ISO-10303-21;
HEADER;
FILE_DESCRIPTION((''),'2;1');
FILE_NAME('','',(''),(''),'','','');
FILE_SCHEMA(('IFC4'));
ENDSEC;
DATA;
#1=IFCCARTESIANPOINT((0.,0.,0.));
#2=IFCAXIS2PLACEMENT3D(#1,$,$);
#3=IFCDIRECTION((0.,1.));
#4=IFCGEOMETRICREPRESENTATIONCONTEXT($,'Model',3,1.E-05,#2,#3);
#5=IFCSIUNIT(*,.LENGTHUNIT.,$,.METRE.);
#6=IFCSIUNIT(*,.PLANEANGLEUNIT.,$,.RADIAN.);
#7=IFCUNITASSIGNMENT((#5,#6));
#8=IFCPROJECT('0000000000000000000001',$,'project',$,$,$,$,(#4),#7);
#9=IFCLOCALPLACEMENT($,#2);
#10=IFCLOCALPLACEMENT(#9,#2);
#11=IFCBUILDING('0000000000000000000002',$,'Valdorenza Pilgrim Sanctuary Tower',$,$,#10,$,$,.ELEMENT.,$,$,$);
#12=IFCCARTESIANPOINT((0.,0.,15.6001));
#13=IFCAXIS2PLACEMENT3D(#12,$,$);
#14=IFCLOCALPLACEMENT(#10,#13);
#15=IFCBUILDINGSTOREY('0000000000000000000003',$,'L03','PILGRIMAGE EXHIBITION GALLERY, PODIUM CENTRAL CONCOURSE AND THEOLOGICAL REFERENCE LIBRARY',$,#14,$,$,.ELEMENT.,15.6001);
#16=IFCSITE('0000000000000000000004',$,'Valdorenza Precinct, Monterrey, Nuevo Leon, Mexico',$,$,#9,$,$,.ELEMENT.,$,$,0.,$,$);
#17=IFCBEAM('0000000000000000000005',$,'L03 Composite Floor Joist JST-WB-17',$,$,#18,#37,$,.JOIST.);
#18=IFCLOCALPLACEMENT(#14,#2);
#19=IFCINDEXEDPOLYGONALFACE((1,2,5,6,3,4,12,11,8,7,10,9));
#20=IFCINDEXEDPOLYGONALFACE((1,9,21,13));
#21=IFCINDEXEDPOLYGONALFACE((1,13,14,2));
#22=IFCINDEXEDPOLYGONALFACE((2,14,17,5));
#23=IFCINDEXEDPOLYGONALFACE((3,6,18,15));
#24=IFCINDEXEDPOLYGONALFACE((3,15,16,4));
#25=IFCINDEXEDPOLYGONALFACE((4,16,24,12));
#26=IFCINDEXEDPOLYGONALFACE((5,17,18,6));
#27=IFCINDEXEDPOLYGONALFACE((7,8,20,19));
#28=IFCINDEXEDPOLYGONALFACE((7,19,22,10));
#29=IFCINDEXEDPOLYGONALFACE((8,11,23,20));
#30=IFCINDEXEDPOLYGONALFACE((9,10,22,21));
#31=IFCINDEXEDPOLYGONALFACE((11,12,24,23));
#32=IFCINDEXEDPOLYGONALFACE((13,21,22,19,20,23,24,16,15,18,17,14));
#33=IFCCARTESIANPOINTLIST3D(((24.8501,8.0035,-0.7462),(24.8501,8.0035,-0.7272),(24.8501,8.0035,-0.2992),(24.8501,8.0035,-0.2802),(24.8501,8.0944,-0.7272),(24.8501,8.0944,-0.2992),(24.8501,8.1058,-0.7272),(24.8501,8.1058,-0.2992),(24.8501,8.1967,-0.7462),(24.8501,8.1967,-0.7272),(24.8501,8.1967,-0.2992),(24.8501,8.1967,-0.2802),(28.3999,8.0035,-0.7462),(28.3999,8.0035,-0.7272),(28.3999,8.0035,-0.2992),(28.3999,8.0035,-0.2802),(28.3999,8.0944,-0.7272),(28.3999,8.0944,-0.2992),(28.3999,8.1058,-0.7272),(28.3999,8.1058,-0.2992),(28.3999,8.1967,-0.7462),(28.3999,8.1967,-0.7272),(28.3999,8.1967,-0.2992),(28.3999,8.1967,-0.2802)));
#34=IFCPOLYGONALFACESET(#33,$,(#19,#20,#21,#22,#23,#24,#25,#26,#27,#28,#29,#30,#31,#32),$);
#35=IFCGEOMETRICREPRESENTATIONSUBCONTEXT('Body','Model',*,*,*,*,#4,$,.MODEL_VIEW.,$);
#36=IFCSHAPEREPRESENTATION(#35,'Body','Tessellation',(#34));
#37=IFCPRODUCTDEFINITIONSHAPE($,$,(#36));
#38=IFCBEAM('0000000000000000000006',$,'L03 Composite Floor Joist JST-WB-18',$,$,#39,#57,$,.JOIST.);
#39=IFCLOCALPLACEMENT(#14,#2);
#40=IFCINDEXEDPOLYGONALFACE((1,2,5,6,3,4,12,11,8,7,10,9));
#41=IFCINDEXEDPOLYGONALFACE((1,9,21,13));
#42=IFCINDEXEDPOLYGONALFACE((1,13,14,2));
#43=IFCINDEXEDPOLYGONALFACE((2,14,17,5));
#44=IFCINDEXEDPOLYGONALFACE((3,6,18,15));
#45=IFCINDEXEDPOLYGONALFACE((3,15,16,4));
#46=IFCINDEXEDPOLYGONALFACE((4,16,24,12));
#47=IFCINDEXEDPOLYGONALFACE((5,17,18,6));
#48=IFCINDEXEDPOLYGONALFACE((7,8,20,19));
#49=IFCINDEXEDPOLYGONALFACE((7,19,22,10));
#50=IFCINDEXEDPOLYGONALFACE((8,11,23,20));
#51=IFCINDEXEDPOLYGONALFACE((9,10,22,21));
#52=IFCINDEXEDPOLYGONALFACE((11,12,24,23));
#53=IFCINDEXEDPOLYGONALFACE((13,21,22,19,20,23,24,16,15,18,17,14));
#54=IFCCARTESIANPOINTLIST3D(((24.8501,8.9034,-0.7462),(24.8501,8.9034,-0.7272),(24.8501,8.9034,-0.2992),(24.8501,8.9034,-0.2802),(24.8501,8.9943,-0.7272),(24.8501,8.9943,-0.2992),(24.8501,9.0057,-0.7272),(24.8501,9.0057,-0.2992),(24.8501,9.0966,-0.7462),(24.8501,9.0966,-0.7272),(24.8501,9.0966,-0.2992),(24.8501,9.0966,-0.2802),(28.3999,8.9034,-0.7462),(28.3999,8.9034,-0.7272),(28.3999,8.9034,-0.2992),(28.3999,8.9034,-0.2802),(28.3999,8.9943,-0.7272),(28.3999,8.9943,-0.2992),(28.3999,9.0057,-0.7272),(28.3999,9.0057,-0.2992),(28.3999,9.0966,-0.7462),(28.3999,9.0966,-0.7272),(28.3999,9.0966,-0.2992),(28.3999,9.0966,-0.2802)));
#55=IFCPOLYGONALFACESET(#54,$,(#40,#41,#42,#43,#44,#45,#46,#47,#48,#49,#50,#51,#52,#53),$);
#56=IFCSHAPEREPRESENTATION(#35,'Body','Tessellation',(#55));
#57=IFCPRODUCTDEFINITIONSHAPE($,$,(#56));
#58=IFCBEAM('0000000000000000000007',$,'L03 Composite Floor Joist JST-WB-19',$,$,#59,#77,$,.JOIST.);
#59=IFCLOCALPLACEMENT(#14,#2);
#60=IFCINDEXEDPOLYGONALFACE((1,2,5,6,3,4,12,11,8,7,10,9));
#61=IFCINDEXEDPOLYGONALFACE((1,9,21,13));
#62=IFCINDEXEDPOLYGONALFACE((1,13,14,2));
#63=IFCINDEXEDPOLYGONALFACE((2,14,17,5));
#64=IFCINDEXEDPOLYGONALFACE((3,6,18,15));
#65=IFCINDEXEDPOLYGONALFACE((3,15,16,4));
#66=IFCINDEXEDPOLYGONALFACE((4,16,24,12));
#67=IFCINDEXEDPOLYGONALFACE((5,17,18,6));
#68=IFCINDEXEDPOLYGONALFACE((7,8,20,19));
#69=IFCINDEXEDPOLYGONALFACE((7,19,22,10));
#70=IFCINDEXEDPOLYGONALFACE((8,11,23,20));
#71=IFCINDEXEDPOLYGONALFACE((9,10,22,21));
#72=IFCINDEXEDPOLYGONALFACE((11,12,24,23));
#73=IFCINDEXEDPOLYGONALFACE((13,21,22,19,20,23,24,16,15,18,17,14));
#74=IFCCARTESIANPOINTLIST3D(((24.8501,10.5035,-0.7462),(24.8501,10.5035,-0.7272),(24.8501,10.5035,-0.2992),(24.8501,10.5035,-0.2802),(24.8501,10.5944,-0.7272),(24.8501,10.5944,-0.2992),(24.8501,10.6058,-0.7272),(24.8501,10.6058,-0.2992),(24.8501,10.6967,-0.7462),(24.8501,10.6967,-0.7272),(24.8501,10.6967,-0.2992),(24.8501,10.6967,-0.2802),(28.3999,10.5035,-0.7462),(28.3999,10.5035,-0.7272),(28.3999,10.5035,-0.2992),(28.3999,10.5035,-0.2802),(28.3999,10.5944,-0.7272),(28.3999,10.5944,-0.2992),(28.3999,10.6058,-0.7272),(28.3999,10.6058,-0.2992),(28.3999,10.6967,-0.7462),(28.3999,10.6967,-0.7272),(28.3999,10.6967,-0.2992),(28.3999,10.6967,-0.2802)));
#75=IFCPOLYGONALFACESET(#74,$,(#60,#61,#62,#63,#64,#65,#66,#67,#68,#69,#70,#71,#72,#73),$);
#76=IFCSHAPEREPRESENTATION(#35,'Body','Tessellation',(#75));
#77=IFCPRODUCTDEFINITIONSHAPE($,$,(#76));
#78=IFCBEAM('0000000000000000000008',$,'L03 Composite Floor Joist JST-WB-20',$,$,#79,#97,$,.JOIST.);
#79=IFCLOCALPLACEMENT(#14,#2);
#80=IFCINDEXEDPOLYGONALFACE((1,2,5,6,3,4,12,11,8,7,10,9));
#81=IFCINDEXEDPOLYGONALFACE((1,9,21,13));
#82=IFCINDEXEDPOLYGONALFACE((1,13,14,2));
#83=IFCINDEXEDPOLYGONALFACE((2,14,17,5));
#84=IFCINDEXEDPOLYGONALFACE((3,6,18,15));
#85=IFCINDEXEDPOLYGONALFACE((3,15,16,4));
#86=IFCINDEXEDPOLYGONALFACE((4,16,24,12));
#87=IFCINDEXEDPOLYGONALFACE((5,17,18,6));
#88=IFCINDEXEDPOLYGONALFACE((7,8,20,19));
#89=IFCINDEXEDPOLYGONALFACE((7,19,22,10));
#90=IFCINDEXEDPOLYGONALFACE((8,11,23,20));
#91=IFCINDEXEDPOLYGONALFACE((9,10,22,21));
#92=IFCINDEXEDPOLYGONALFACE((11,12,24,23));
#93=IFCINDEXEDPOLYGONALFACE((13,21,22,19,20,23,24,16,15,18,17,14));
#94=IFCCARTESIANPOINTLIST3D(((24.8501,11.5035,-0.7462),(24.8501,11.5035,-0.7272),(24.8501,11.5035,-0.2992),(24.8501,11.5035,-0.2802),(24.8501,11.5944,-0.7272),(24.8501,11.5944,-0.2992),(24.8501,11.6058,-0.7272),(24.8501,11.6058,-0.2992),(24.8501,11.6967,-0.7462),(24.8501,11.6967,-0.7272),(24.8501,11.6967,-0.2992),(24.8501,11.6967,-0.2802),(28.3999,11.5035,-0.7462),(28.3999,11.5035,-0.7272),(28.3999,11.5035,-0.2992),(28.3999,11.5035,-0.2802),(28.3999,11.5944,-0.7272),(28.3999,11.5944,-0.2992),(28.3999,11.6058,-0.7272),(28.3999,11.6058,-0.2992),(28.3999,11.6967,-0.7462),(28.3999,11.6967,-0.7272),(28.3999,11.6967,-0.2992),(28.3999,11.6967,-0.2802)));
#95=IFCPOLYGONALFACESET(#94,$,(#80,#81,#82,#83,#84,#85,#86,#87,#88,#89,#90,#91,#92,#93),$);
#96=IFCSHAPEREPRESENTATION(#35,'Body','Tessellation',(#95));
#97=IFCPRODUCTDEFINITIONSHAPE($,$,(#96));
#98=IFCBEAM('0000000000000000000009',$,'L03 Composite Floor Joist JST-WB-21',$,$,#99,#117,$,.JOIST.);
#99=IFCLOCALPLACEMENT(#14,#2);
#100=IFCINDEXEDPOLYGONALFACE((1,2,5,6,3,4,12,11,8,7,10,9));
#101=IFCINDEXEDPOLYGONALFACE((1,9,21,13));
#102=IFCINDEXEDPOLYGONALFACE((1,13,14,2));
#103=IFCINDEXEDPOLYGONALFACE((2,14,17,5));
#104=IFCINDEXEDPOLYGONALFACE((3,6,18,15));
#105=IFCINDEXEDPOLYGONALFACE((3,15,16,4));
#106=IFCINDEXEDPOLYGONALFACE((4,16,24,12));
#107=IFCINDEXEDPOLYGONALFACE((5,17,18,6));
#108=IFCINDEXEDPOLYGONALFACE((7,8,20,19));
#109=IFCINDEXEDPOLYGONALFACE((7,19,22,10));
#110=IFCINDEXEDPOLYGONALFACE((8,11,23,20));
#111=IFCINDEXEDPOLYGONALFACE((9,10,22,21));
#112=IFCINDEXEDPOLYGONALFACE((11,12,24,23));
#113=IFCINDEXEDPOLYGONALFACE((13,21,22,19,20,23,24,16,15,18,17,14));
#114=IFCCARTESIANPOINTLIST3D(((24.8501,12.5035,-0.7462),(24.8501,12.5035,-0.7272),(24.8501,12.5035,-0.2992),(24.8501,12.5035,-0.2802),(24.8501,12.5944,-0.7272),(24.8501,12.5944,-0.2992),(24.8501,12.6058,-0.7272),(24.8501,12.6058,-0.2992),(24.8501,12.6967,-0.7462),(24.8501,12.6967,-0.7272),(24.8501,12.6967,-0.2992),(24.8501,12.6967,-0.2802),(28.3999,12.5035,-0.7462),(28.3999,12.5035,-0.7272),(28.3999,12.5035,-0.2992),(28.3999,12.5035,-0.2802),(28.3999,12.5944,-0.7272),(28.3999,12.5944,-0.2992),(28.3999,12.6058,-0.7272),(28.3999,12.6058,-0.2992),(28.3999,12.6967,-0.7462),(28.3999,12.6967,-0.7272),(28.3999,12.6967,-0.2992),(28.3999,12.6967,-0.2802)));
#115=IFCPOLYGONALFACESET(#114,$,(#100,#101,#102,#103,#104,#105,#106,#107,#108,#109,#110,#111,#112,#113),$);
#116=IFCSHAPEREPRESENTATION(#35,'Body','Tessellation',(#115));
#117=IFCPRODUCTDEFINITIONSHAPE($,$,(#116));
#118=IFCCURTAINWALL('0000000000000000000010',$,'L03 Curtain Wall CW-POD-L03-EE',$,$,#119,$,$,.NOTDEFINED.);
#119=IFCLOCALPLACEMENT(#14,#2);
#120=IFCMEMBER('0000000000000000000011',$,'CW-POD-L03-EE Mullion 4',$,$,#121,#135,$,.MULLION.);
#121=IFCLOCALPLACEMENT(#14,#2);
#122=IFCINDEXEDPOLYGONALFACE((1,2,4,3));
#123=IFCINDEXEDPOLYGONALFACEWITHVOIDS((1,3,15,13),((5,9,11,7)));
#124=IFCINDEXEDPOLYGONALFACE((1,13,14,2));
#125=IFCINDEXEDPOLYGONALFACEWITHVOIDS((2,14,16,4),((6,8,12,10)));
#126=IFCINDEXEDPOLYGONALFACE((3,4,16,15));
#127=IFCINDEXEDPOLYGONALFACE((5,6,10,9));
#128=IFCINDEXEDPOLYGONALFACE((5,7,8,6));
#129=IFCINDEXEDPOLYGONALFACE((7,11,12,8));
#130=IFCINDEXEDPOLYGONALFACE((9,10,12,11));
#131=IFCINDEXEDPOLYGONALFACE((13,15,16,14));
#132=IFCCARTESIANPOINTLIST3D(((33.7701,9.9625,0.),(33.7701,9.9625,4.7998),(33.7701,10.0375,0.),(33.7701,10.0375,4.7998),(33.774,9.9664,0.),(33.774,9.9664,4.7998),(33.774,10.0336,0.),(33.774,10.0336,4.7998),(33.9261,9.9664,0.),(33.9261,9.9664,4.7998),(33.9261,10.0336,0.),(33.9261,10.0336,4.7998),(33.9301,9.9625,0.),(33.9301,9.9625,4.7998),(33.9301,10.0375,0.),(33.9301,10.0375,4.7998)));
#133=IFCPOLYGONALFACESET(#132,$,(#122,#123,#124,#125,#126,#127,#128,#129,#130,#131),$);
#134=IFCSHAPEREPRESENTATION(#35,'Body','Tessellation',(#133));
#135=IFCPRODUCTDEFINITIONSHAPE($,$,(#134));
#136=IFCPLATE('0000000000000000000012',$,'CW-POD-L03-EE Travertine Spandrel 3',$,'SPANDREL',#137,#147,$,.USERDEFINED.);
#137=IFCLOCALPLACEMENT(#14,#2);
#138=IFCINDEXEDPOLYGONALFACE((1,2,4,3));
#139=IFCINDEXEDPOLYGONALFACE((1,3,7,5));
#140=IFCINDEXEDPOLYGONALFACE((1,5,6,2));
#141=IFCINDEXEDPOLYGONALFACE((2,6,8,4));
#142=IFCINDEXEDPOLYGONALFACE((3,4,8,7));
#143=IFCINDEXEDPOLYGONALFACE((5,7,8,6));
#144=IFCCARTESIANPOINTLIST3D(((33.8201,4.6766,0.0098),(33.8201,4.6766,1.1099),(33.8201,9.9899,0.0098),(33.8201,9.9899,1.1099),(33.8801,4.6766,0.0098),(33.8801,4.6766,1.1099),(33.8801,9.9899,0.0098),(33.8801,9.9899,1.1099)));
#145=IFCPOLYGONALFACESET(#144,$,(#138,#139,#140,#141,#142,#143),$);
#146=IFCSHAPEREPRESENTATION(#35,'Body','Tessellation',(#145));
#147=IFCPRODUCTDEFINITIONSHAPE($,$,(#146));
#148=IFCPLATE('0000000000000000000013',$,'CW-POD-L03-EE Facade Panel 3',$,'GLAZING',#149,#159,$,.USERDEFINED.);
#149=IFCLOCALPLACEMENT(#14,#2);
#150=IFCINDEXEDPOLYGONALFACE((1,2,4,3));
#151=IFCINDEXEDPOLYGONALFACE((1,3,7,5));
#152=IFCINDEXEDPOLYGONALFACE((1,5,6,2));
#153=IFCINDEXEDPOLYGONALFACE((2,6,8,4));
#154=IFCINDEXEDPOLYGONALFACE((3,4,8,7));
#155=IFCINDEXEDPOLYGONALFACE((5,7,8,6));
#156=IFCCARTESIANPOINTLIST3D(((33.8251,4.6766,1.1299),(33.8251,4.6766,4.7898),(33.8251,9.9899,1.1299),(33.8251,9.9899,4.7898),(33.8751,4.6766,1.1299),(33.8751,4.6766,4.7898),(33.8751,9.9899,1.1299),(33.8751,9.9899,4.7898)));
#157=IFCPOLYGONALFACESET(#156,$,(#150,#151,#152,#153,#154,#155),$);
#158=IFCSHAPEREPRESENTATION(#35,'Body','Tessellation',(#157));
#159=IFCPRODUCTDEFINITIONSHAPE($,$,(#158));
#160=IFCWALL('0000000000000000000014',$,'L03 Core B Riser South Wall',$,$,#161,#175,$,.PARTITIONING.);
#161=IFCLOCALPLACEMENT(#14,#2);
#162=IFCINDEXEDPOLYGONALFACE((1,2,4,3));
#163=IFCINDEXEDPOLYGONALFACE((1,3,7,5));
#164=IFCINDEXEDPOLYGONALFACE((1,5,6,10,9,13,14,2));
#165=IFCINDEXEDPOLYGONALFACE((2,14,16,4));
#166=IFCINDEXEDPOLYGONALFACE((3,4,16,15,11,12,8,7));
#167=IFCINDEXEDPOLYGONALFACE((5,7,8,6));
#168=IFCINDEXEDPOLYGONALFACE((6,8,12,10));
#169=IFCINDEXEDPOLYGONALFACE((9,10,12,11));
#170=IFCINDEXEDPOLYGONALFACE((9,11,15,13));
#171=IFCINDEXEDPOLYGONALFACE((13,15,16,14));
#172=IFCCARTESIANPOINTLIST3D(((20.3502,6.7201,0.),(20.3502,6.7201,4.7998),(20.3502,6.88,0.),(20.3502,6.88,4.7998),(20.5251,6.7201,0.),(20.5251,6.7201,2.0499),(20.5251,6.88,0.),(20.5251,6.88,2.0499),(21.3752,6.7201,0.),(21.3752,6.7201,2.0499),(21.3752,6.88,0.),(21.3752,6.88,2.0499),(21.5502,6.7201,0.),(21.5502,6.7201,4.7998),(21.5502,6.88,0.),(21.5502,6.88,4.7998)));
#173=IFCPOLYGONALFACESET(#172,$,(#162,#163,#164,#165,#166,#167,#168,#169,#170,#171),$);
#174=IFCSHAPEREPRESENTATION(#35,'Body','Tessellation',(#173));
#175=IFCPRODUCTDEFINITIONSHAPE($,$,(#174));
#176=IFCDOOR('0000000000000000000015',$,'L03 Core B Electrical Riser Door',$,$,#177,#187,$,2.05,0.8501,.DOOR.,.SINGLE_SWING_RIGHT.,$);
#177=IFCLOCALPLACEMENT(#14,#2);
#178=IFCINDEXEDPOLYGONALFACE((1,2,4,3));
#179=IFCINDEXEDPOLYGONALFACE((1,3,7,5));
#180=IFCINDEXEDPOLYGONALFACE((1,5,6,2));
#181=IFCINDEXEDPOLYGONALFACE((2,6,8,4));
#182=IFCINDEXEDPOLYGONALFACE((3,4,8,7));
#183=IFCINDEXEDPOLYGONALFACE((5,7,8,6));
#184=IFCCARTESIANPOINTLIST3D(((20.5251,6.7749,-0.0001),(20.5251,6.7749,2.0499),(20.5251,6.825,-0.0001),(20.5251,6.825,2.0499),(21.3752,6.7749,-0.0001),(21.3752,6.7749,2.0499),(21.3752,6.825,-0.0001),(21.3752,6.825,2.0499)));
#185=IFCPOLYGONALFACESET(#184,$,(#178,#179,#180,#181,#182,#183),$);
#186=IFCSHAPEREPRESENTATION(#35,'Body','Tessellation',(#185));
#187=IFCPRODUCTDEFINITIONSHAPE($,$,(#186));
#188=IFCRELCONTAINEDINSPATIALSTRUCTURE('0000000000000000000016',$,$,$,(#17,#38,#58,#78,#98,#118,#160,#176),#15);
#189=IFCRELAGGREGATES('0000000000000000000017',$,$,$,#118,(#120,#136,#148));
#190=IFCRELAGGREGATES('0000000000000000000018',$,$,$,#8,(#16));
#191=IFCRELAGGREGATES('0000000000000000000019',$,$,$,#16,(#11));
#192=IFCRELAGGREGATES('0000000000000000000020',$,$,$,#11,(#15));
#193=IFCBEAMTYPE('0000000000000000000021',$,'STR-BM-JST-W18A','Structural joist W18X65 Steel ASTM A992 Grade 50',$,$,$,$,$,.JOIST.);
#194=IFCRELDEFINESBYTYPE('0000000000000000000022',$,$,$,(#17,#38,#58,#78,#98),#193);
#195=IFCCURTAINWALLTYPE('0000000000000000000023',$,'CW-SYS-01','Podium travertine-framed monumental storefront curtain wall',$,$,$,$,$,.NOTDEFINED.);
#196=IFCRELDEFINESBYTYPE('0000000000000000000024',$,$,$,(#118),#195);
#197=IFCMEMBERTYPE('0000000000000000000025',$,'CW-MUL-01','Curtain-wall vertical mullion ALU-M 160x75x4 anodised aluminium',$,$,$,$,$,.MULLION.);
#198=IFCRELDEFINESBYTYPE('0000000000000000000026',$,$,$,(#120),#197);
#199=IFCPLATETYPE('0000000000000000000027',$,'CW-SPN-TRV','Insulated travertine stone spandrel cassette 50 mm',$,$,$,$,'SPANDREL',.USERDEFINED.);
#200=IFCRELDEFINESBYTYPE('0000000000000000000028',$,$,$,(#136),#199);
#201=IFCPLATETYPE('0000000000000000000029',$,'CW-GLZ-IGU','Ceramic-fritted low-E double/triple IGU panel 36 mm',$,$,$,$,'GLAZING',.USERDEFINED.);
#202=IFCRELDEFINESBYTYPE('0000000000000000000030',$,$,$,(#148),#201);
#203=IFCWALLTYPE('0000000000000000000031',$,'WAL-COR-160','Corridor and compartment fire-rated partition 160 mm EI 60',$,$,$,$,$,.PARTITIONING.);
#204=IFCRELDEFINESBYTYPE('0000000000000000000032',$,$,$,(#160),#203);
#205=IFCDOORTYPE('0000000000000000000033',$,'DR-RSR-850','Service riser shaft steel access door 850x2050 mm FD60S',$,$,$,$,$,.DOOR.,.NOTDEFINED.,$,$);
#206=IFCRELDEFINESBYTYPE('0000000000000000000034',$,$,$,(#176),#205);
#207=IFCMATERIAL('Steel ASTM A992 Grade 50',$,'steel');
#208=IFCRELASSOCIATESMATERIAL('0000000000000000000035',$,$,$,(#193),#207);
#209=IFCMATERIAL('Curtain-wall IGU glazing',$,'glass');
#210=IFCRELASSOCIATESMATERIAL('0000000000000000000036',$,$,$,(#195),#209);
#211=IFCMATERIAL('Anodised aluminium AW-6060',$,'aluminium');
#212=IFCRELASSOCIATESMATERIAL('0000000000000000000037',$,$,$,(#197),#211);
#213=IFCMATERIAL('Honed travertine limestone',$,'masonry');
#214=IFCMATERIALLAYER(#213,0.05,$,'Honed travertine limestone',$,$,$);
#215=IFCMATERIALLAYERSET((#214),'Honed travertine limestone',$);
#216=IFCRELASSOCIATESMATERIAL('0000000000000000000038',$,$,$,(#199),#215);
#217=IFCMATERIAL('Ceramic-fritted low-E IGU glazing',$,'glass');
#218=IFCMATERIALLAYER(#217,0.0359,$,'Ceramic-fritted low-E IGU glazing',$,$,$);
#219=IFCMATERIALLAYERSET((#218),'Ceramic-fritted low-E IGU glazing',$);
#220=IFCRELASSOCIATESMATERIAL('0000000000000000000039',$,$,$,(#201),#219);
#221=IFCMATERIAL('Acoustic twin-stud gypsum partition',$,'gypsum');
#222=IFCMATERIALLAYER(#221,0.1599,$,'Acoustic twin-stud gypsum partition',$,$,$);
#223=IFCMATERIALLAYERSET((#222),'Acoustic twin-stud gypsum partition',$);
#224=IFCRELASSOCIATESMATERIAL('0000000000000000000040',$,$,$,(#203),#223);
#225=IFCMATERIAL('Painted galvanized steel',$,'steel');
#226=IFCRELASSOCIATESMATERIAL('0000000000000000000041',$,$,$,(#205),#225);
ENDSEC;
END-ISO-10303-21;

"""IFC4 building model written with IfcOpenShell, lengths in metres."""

from ifc_helpers import new_model, si_unit, direction, frame, frame_2d, origin, origin_2d, place, context, subcontext, project, spatial, rectangle, hollow_rectangle, i_section, extrude, source, transform, mapped, material, layer, layer_set, material_profile, profile_set, type_object, element, fill, aggregate, save


model = new_model("IFC4")

# Units and contexts
model_context = context("Model", 3, precision=1e-05, world=origin(), true_north=direction((0.0, 1.0)))
body_context = subcontext(model_context, "Body", "Model", "MODEL_VIEW")
ifc_project = project(units=[si_unit("LENGTHUNIT", "METRE"), si_unit("PLANEANGLEUNIT", "RADIAN")], contexts=[model_context])

# Site, building, storey
site_placement = place(None, origin())
site = spatial("IfcSite", under=ifc_project, at=site_placement, Name="Valdorenza Precinct, Monterrey, Nuevo Leon, Mexico", CompositionType="ELEMENT", RefElevation=0.0)
building_placement = place(site_placement, origin())
building = spatial("IfcBuilding", under=site, at=building_placement, Name="Valdorenza Pilgrim Sanctuary Tower", CompositionType="ELEMENT")
storey_placement = place(building_placement, frame((0.0, 0.0, 15.6001)))
storey = spatial("IfcBuildingStorey", under=building, at=storey_placement, Name="L03", Description="PILGRIMAGE EXHIBITION GALLERY, PODIUM CENTRAL CONCOURSE AND THEOLOGICAL REFERENCE LIBRARY", CompositionType="ELEMENT", Elevation=15.6001)

# Beams
ifc_material_1 = material(Name="Steel ASTM A992 Grade 50", Category="steel")
ifc_material_profile_1 = material_profile(ifc_material_1, i_section(OverallWidth=0.1931, OverallDepth=0.4661, WebThickness=0.0115, FlangeThickness=0.019, at=origin_2d()), Name="W18X65")
ifc_profile_set_1 = profile_set([ifc_material_profile_1], Name="Steel ASTM A992 Grade 50")
beam_type_1 = type_object("IfcBeamType", Name="STR-BM-JST-W18A", Description="Structural joist W18X65 Steel ASTM A992 Grade 50", PredefinedType="JOIST", material=ifc_profile_set_1)
shared_shape_1 = source(origin(), body_context, "Body", "SweptSolid", [
    extrude(i_section(OverallWidth=0.1931, OverallDepth=0.4661, WebThickness=0.0115, FlangeThickness=0.019, at=origin_2d()), origin(), (0.0, 0.0, 1.0), 3.5498),
])
for number, where, z_axis, x_axis, name in (
    (1, (24.8501, 8.1001, -0.5132), (1.0, 0.0, 0.0), (0.0, 1.0, 0.0), "L03 Composite Floor Joist JST-WB-17"),
    (2, (24.8501, 9.0, -0.5132), (1.0, 0.0, 0.0), (0.0, 1.0, 0.0), "L03 Composite Floor Joist JST-WB-18"),
    (3, (24.8501, 10.6001, -0.5132), (1.0, 0.0, 0.0), (0.0, 1.0, 0.0), "L03 Composite Floor Joist JST-WB-19"),
    (4, (24.8501, 11.6001, -0.5132), (1.0, 0.0, 0.0), (0.0, 1.0, 0.0), "L03 Composite Floor Joist JST-WB-20"),
    (5, (24.8501, 12.6001, -0.5132), (1.0, 0.0, 0.0), (0.0, 1.0, 0.0), "L03 Composite Floor Joist JST-WB-21"),
):
    element("IfcBeam", number, at=place(storey_placement, frame(where, z_axis=z_axis, x_axis=x_axis)), inside=storey, type_object=beam_type_1, Name=name, PredefinedType="JOIST", context=body_context, shape_type="MappedRepresentation", body=[
        mapped(shared_shape_1, transform((0.0, 0.0, 0.0), x_axis=(1.0, 0.0, 0.0), y_axis=(0.0, 1.0, 0.0), z_axis=(0.0, 0.0, 1.0), scale=1.0)),
    ])

# Curtain wall, member, plates
ifc_material_2 = material(Name="Curtain-wall IGU glazing", Category="glass")
curtain_wall_type = type_object("IfcCurtainWallType", Name="CW-SYS-01", Description="Podium travertine-framed monumental storefront curtain wall", PredefinedType="NOTDEFINED", material=ifc_material_2)
curtain_wall_placement = place(storey_placement, origin())
curtain_wall = element("IfcCurtainWall", 6, at=curtain_wall_placement, inside=storey, type_object=curtain_wall_type, Name="L03 Curtain Wall CW-POD-L03-EE", PredefinedType="NOTDEFINED")
ifc_material_3 = material(Name="Anodised aluminium AW-6060", Category="aluminium")
ifc_material_profile_2 = material_profile(ifc_material_3, hollow_rectangle(XDim=0.075, YDim=0.1599, WallThickness=0.0039, at=origin_2d()), Name="ALU-M 160x75x4")
ifc_profile_set_2 = profile_set([ifc_material_profile_2], Name="Anodised aluminium AW-6060")
member_type = type_object("IfcMemberType", Name="CW-MUL-01", Description="Curtain-wall vertical mullion ALU-M 160x75x4 anodised aluminium", PredefinedType="MULLION", material=ifc_profile_set_2)
shared_shape_2 = source(origin(), body_context, "Body", "SweptSolid", [
    extrude(hollow_rectangle(XDim=0.075, YDim=0.1599, WallThickness=0.0039, at=origin_2d()), origin(), (0.0, 0.0, 1.0), 4.7998),
])
member_placement = place(storey_placement, frame((33.8501, 10.0, 0.0), z_axis=(0.0, 0.0, 1.0), x_axis=(0.0, 1.0, 0.0)))
member = element("IfcMember", 7, at=member_placement, type_object=member_type, Name="CW-POD-L03-EE Mullion 4", PredefinedType="MULLION", context=body_context, shape_type="MappedRepresentation", body=[
    mapped(shared_shape_2, transform((0.0, 0.0, 0.0), x_axis=(1.0, 0.0, 0.0), y_axis=(0.0, 1.0, 0.0), z_axis=(0.0, 0.0, 1.0), scale=1.0)),
])
ifc_material_4 = material(Name="Honed travertine limestone", Category="masonry")
ifc_layer_1 = layer(ifc_material_4, 0.05, Name="Honed travertine limestone")
ifc_layer_set_1 = layer_set([ifc_layer_1], Name="Honed travertine limestone")
plate_type_1 = type_object("IfcPlateType", Name="CW-SPN-TRV", Description="Insulated travertine stone spandrel cassette 50 mm", ElementType="SPANDREL", PredefinedType="USERDEFINED", material=ifc_layer_set_1)
shared_shape_3 = source(origin(), body_context, "Body", "SweptSolid", [
    extrude(rectangle(XDim=5.3132, YDim=0.0601, at=origin_2d()), origin(), (0.0, 0.0, 1.0), 1.1001),
])
plate_1_placement = place(storey_placement, frame((33.8501, 7.3333, 0.0098), z_axis=(0.0, 0.0, 1.0), x_axis=(0.0, 1.0, 0.0)))
plate_1 = element("IfcPlate", 8, at=plate_1_placement, type_object=plate_type_1, Name="CW-POD-L03-EE Travertine Spandrel 3", ObjectType="SPANDREL", PredefinedType="USERDEFINED", context=body_context, shape_type="MappedRepresentation", body=[
    mapped(shared_shape_3, transform((0.0, 0.0, 0.0), x_axis=(1.0, 0.0, 0.0), y_axis=(0.0, 1.0, 0.0), z_axis=(0.0, 0.0, 1.0), scale=1.0)),
])
ifc_material_5 = material(Name="Ceramic-fritted low-E IGU glazing", Category="glass")
ifc_layer_2 = layer(ifc_material_5, 0.0359, Name="Ceramic-fritted low-E IGU glazing")
ifc_layer_set_2 = layer_set([ifc_layer_2], Name="Ceramic-fritted low-E IGU glazing")
plate_type_2 = type_object("IfcPlateType", Name="CW-GLZ-IGU", Description="Ceramic-fritted low-E double/triple IGU panel 36 mm", ElementType="GLAZING", PredefinedType="USERDEFINED", material=ifc_layer_set_2)
shared_shape_4 = source(origin(), body_context, "Body", "SweptSolid", [
    extrude(rectangle(XDim=5.3132, YDim=0.05, at=origin_2d()), origin(), (0.0, 0.0, 1.0), 3.6599),
])
plate_2_placement = place(storey_placement, frame((33.8501, 7.3333, 1.1299), z_axis=(0.0, 0.0, 1.0), x_axis=(0.0, 1.0, 0.0)))
plate_2 = element("IfcPlate", 9, at=plate_2_placement, type_object=plate_type_2, Name="CW-POD-L03-EE Facade Panel 3", ObjectType="GLAZING", PredefinedType="USERDEFINED", context=body_context, shape_type="MappedRepresentation", body=[
    mapped(shared_shape_4, transform((0.0, 0.0, 0.0), x_axis=(1.0, 0.0, 0.0), y_axis=(0.0, 1.0, 0.0), z_axis=(0.0, 0.0, 1.0), scale=1.0)),
])
aggregate(curtain_wall, [member, plate_1, plate_2])

# Wall, opening, door
ifc_material_6 = material(Name="Acoustic twin-stud gypsum partition", Category="gypsum")
ifc_layer_3 = layer(ifc_material_6, 0.1599, Name="Acoustic twin-stud gypsum partition")
ifc_layer_set_3 = layer_set([ifc_layer_3], Name="Acoustic twin-stud gypsum partition")
wall_type_1 = type_object("IfcWallType", Name="WAL-COR-160", Description="Corridor and compartment fire-rated partition 160 mm EI 60", PredefinedType="PARTITIONING", material=ifc_layer_set_3)
wall_1_placement = place(storey_placement, frame((20.3501, 6.8, 0.0), z_axis=(0.0, 0.0, 1.0), x_axis=(1.0, 0.0, 0.0)))
wall_1 = element("IfcWall", 10, at=wall_1_placement, inside=storey, type_object=wall_type_1, Name="L03 Core B Riser South Wall", PredefinedType="PARTITIONING", context=body_context, shape_type="SweptSolid", body=[
    extrude(rectangle(XDim=1.2, YDim=0.1599, at=frame_2d((0.6001, 0.0))), origin(), (0.0, 0.0, 1.0), 4.7998),
])
opening_1_placement = place(wall_1_placement, frame((0.175, 0.0, 0.0)))
opening_1 = element("IfcOpeningElement", 11, at=opening_1_placement, cuts=wall_1, PredefinedType="OPENING", context=body_context, shape_type="SweptSolid", body=[
    extrude(rectangle(XDim=0.8501, YDim=2.05, at=frame_2d((0.425, 1.0249))), frame((0.0, 0.0947, 0.0), z_axis=(0.0, -1.0, 0.0), x_axis=(1.0, 0.0, 0.0)), (0.0, 0.0, 1.0), 0.1897),
])
ifc_material_7 = material(Name="Painted galvanized steel", Category="steel")
door_type = type_object("IfcDoorType", Name="DR-RSR-850", Description="Service riser shaft steel access door 850x2050 mm FD60S", OperationType="NOTDEFINED", PredefinedType="DOOR", material=ifc_material_7)
door_placement = place(opening_1_placement, origin())
door = element("IfcDoor", 12, at=door_placement, inside=storey, type_object=door_type, Name="L03 Core B Electrical Riser Door", OperationType="SINGLE_SWING_RIGHT", OverallHeight=2.05, OverallWidth=0.8501, PredefinedType="DOOR", context=body_context, shape_type="SweptSolid", body=[
    extrude(rectangle(XDim=0.8501, YDim=2.05, at=frame_2d((0.425, 1.0249))), frame((0.0, 0.0249, 0.0), z_axis=(0.0, -1.0, 0.0), x_axis=(1.0, 0.0, 0.0)), (0.0, 0.0, 1.0), 0.05),
])
fill(opening_1, door)

save(model, "model.ifc")
